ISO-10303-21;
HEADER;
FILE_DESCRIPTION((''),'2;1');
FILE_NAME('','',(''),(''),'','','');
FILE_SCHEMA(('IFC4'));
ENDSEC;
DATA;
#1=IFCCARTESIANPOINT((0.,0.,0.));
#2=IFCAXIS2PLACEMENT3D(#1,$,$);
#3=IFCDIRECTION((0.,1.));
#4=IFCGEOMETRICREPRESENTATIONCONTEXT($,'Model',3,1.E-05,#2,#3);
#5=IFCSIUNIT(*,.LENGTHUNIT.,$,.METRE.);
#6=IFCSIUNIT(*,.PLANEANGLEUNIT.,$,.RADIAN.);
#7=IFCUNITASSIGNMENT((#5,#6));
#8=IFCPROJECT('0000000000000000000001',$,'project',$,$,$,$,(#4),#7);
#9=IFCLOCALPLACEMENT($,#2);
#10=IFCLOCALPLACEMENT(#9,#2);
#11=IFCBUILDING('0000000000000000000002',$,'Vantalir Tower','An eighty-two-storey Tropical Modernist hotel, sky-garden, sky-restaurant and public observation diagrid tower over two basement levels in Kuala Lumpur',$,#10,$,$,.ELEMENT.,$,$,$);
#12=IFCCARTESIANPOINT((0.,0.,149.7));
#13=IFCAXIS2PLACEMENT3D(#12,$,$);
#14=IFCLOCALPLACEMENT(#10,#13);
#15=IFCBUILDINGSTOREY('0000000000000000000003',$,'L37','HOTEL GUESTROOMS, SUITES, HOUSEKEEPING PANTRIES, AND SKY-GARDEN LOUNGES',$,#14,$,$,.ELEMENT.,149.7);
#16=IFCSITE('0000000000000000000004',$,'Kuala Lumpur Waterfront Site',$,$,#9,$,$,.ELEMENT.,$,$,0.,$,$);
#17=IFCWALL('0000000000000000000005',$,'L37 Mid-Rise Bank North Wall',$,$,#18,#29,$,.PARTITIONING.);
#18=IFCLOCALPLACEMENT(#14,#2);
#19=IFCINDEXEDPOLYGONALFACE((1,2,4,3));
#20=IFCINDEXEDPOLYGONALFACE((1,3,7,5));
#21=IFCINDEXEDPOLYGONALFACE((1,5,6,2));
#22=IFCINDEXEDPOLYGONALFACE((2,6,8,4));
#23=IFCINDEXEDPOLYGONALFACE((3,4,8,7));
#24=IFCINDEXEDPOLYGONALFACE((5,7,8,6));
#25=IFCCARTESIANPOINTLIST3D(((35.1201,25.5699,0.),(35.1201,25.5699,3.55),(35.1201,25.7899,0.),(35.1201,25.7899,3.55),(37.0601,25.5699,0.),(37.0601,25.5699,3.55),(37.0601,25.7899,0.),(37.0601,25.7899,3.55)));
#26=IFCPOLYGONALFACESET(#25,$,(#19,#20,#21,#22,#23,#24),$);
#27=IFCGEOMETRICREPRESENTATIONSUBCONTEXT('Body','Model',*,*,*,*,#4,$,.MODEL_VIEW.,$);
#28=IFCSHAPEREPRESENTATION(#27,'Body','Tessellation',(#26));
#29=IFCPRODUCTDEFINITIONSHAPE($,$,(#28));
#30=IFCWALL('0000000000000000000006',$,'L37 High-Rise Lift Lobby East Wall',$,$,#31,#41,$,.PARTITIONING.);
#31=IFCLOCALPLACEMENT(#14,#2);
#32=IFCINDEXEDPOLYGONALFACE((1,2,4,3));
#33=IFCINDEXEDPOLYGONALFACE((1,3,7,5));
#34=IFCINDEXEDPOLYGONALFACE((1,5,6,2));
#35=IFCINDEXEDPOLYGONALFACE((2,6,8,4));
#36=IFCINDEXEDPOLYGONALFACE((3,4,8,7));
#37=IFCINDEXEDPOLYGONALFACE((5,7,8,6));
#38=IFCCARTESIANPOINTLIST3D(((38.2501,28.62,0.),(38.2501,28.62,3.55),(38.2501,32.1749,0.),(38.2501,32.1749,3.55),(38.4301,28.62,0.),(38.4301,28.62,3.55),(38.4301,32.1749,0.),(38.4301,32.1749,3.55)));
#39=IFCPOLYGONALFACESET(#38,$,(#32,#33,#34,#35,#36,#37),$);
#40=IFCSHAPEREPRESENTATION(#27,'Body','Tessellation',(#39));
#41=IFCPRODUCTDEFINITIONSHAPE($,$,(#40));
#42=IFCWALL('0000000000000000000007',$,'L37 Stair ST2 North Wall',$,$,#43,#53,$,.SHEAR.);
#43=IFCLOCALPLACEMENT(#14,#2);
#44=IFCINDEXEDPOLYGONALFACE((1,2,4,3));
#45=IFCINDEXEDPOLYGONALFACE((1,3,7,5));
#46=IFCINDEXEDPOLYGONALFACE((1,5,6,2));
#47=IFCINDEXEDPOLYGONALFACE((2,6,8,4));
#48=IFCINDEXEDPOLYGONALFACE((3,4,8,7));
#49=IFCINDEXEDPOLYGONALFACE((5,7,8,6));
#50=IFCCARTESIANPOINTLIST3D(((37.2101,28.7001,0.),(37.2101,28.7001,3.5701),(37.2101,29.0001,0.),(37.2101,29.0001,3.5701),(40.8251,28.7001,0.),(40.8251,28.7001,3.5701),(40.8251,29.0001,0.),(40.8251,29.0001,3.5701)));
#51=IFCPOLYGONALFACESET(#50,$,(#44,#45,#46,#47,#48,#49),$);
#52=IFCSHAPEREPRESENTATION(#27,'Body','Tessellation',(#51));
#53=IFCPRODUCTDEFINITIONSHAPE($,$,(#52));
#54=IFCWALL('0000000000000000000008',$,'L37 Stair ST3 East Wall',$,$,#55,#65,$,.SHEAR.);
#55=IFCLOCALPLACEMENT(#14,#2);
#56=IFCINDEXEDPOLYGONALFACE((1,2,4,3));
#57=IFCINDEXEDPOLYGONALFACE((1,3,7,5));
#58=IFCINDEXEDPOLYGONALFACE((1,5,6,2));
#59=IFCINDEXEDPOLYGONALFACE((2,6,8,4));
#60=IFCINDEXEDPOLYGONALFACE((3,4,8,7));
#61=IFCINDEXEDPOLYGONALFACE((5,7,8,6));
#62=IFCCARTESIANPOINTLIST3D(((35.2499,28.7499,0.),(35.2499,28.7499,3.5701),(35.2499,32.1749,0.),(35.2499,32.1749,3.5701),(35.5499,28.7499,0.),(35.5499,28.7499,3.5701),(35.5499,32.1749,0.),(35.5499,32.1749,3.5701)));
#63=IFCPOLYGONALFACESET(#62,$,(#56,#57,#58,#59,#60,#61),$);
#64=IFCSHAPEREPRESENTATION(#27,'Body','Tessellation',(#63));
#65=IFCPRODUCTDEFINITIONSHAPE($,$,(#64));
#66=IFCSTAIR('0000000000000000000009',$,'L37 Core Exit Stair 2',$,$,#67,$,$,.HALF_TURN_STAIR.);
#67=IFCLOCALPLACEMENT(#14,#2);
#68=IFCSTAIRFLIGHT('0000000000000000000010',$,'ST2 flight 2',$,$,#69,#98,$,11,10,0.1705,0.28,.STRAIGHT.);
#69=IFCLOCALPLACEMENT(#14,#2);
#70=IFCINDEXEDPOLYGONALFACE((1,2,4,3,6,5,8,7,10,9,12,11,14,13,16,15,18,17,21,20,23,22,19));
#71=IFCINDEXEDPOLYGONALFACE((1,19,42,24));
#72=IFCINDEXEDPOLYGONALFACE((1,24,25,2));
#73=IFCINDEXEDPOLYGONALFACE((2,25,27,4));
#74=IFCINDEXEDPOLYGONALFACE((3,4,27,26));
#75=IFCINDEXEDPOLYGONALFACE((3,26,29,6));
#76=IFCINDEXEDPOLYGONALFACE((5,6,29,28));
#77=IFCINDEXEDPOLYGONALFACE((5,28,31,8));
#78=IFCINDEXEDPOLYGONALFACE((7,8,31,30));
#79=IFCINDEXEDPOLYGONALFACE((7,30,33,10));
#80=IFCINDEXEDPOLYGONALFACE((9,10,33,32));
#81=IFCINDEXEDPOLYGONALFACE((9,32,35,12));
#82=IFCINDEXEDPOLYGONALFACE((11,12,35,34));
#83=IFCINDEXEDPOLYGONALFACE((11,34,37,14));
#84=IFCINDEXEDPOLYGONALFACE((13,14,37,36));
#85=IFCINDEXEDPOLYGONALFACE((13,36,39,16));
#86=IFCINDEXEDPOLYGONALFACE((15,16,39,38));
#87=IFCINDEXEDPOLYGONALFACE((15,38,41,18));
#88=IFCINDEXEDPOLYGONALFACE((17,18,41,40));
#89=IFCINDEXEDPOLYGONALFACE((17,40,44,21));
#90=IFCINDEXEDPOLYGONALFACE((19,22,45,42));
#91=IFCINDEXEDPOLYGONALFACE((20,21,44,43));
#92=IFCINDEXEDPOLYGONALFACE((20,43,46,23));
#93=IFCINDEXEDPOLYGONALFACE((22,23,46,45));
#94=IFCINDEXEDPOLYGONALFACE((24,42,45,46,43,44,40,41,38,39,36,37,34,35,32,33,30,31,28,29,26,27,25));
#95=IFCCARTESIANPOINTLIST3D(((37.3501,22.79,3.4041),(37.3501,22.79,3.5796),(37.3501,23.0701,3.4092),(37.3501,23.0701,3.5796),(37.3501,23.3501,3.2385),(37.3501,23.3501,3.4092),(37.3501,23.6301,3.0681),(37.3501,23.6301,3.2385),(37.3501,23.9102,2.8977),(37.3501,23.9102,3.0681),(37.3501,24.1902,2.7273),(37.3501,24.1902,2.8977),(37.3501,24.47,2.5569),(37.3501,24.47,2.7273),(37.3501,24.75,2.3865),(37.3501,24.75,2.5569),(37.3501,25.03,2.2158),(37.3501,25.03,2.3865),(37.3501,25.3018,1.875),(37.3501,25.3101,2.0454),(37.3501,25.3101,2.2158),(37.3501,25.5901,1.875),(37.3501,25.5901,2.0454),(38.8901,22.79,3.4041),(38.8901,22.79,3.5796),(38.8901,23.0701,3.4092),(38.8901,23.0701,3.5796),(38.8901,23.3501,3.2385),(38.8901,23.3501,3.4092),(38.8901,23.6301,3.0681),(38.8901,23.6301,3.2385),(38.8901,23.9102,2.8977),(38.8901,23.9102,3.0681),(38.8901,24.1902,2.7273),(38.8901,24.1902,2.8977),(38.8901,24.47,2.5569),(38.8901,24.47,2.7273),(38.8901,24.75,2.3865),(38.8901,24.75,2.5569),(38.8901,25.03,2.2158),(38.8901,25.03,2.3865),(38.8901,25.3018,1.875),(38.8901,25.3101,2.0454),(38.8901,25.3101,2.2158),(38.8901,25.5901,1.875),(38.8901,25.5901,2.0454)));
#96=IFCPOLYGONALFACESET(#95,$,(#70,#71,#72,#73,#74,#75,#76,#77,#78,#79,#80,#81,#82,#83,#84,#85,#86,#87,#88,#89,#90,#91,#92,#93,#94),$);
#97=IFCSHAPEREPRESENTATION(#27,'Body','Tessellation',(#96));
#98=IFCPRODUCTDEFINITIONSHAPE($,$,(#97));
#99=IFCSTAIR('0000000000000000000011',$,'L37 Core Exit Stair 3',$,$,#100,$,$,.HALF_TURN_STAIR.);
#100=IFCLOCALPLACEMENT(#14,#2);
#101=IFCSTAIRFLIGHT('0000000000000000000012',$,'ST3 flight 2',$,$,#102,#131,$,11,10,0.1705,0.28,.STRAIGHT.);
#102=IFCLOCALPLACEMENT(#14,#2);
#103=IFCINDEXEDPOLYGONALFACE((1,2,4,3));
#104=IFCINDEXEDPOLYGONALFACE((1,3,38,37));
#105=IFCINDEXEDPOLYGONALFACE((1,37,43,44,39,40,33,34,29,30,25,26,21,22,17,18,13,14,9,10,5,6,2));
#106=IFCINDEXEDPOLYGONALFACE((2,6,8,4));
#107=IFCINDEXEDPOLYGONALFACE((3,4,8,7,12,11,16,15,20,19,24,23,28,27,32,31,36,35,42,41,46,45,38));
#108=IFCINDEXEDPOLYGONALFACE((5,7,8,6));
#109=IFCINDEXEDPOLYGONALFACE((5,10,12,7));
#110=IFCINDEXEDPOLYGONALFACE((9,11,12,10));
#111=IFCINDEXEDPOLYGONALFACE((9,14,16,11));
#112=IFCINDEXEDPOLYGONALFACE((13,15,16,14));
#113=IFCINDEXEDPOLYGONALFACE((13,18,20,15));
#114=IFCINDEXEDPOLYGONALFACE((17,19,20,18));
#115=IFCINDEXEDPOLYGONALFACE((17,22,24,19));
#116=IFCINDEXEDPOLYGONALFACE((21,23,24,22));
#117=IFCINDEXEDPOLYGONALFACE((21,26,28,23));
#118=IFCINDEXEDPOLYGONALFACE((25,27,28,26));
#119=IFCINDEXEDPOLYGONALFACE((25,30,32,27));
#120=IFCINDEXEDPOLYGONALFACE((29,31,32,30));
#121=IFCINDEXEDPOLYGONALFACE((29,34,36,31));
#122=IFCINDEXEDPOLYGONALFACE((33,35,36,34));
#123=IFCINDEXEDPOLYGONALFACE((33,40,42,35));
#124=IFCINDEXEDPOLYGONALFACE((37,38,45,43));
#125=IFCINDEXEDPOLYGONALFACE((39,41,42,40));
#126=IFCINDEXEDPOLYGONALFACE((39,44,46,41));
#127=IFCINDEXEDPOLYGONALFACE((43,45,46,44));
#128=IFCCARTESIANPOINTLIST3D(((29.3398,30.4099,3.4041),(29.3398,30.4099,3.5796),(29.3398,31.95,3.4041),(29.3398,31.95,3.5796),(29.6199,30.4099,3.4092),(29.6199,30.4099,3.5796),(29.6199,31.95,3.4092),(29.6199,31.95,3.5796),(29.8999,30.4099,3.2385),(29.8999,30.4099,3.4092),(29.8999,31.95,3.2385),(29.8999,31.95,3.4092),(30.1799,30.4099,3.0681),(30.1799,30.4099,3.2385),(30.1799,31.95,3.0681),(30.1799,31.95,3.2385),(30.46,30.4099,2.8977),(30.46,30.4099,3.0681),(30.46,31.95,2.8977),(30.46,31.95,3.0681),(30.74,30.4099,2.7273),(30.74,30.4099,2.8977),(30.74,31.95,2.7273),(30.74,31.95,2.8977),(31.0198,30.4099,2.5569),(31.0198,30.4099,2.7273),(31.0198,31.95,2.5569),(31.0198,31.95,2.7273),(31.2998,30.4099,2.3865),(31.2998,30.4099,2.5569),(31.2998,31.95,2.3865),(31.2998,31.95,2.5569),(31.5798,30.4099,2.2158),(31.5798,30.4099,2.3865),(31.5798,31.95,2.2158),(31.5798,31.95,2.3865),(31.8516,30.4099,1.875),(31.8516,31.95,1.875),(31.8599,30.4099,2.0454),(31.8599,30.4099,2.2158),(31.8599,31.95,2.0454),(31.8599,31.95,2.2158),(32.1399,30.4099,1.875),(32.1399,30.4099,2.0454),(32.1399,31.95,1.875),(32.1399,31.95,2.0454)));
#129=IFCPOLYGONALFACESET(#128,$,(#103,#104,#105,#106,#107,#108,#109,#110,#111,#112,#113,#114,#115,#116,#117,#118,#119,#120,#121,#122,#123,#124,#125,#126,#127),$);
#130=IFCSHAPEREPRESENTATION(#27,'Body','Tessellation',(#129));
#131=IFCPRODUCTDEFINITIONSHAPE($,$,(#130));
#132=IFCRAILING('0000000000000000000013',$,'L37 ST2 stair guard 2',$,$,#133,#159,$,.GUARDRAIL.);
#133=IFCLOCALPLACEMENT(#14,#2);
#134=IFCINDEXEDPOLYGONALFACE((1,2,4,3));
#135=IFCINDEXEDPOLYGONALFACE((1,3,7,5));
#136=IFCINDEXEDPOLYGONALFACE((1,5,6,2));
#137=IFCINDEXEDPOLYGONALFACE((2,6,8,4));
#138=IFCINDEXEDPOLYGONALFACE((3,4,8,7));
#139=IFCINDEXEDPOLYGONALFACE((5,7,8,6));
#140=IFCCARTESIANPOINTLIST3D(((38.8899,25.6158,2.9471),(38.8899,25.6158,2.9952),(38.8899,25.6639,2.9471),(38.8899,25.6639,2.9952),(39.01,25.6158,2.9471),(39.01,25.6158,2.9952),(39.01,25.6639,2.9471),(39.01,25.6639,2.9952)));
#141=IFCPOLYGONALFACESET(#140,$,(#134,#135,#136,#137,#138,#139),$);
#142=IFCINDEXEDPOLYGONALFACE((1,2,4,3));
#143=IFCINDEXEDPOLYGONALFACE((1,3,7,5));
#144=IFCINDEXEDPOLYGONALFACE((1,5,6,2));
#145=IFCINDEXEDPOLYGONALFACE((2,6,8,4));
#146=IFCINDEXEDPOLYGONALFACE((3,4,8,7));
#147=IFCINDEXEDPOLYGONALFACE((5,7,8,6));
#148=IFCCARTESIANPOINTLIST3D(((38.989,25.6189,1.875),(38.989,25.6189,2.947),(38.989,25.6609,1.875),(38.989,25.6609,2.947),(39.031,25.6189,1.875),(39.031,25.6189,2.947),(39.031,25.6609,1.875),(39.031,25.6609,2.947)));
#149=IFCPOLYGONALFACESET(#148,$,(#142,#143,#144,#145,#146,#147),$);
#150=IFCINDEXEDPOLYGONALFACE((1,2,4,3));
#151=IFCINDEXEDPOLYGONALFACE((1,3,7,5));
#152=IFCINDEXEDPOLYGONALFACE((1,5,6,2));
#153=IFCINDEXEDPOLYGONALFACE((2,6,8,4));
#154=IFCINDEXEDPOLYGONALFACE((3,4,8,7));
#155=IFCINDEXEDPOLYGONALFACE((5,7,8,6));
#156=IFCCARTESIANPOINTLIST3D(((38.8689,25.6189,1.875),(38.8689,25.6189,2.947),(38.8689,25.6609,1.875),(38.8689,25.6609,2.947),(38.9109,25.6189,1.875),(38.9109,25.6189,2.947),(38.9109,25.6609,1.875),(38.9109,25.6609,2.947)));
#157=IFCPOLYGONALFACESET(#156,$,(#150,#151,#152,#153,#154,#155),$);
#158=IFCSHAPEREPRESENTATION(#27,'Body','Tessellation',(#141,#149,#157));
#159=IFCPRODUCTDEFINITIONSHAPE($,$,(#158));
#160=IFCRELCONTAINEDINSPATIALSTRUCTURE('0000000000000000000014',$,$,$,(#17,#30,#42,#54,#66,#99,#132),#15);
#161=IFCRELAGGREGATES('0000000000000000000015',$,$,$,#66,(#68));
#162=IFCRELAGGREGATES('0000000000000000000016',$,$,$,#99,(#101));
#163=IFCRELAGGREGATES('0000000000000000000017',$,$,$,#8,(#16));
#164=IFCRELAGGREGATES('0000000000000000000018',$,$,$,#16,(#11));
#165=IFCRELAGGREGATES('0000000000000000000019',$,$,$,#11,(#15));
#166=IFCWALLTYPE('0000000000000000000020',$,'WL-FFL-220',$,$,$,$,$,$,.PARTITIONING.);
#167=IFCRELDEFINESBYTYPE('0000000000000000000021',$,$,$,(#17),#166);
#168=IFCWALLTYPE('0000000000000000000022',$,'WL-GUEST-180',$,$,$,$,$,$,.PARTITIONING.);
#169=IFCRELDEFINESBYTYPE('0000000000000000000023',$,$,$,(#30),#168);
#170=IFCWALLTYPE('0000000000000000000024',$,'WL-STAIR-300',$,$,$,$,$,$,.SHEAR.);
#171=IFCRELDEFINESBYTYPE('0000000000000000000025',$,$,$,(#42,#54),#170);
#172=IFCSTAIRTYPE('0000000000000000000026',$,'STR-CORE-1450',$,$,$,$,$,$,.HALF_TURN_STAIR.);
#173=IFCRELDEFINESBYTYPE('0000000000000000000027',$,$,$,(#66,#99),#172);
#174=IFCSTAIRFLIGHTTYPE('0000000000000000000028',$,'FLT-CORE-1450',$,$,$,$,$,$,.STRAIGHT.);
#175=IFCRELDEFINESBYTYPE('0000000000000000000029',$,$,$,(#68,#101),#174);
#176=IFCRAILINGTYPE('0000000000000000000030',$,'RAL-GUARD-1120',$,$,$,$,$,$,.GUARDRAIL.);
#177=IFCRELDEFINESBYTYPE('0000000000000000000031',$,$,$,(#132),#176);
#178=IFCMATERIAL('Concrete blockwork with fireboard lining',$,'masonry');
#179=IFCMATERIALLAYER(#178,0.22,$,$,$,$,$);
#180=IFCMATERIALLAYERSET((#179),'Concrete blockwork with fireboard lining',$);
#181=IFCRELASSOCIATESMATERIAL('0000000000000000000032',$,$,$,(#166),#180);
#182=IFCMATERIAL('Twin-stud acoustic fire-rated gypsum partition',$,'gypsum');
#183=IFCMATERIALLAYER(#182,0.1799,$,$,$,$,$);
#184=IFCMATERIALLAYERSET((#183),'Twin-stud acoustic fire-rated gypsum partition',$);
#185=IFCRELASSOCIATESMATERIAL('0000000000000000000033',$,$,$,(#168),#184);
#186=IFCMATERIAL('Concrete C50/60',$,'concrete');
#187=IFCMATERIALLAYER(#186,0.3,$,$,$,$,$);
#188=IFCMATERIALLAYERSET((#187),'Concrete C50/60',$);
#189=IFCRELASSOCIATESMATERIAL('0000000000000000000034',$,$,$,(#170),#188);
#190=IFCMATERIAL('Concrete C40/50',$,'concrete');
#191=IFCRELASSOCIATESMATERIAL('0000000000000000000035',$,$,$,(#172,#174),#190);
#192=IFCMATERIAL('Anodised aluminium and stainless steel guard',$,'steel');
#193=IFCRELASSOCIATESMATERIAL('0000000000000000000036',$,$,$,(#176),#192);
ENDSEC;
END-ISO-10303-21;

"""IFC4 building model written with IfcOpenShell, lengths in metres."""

from ifc_helpers import new_model, si_unit, direction, frame, frame_2d, origin, origin_2d, place, context, subcontext, project, spatial, polyline, rectangle, outline, extrude, material, layer, layer_set, type_object, element, aggregate, save


model = new_model("IFC4")

# Units and contexts
model_context = context("Model", 3, precision=1e-05, world=origin(), true_north=direction((0.0, 1.0)))
body_context = subcontext(model_context, "Body", "Model", "MODEL_VIEW")
ifc_project = project(units=[si_unit("LENGTHUNIT", "METRE"), si_unit("PLANEANGLEUNIT", "RADIAN")], contexts=[model_context])

# Site, building, storey
site_placement = place(None, origin())
site = spatial("IfcSite", under=ifc_project, at=site_placement, Name="Kuala Lumpur Waterfront Site", CompositionType="ELEMENT", RefElevation=0.0)
building_placement = place(site_placement, origin())
building = spatial("IfcBuilding", under=site, at=building_placement, Name="Vantalir Tower", Description="An eighty-two-storey Tropical Modernist hotel, sky-garden, sky-restaurant and public observation diagrid tower over two basement levels in Kuala Lumpur", CompositionType="ELEMENT")
storey_placement = place(building_placement, frame((0.0, 0.0, 149.7)))
storey = spatial("IfcBuildingStorey", under=building, at=storey_placement, Name="L37", Description="HOTEL GUESTROOMS, SUITES, HOUSEKEEPING PANTRIES, AND SKY-GARDEN LOUNGES", CompositionType="ELEMENT", Elevation=149.7)

# Walls
ifc_material_1 = material(Name="Concrete blockwork with fireboard lining", Category="masonry")
ifc_layer_1 = layer(ifc_material_1, 0.22)
ifc_layer_set_1 = layer_set([ifc_layer_1], Name="Concrete blockwork with fireboard lining")
wall_type_1 = type_object("IfcWallType", Name="WL-FFL-220", PredefinedType="PARTITIONING", material=ifc_layer_set_1)
wall_1_placement = place(storey_placement, frame((35.1201, 25.6799, 0.0), z_axis=(0.0, 0.0, 1.0), x_axis=(1.0, 0.0, 0.0)))
element("IfcWall", 1, at=wall_1_placement, inside=storey, type_object=wall_type_1, Name="L37 Mid-Rise Bank North Wall", PredefinedType="PARTITIONING", context=body_context, shape_type="SweptSolid", body=[
    extrude(rectangle(XDim=1.9399, YDim=0.22, at=frame_2d((0.97, 0.0))), origin(), (0.0, 0.0, 1.0), 3.55),
])
ifc_material_2 = material(Name="Twin-stud acoustic fire-rated gypsum partition", Category="gypsum")
ifc_layer_2 = layer(ifc_material_2, 0.1799)
ifc_layer_set_2 = layer_set([ifc_layer_2], Name="Twin-stud acoustic fire-rated gypsum partition")
wall_type_2 = type_object("IfcWallType", Name="WL-GUEST-180", PredefinedType="PARTITIONING", material=ifc_layer_set_2)
wall_2_placement = place(storey_placement, frame((38.3401, 28.6201, 0.0), z_axis=(0.0, 0.0, 1.0), x_axis=(0.0, 1.0, 0.0)))
element("IfcWall", 2, at=wall_2_placement, inside=storey, type_object=wall_type_2, Name="L37 High-Rise Lift Lobby East Wall", PredefinedType="PARTITIONING", context=body_context, shape_type="SweptSolid", body=[
    extrude(rectangle(XDim=3.5549, YDim=0.1799, at=frame_2d((1.7773, 0.0))), origin(), (0.0, 0.0, 1.0), 3.55),
])
ifc_material_3 = material(Name="Concrete C50/60", Category="concrete")
ifc_layer_3 = layer(ifc_material_3, 0.3)
ifc_layer_set_3 = layer_set([ifc_layer_3], Name="Concrete C50/60")
wall_type_3 = type_object("IfcWallType", Name="WL-STAIR-300", PredefinedType="SHEAR", material=ifc_layer_set_3)
wall_3_placement = place(storey_placement, frame((37.21, 28.8501, 0.0), z_axis=(0.0, 0.0, 1.0), x_axis=(1.0, 0.0, 0.0)))
element("IfcWall", 3, at=wall_3_placement, inside=storey, type_object=wall_type_3, Name="L37 Stair ST2 North Wall", PredefinedType="SHEAR", context=body_context, shape_type="SweptSolid", body=[
    extrude(rectangle(XDim=3.615, YDim=0.3, at=frame_2d((1.8076, 0.0))), origin(), (0.0, 0.0, 1.0), 3.5701),
])
wall_4_placement = place(storey_placement, frame((35.3999, 28.75, 0.0), z_axis=(0.0, 0.0, 1.0), x_axis=(0.0, 1.0, 0.0)))
element("IfcWall", 4, at=wall_4_placement, inside=storey, type_object=wall_type_3, Name="L37 Stair ST3 East Wall", PredefinedType="SHEAR", context=body_context, shape_type="SweptSolid", body=[
    extrude(rectangle(XDim=3.425, YDim=0.3, at=frame_2d((1.7124, 0.0))), origin(), (0.0, 0.0, 1.0), 3.5701),
])

# Stairs, stair flights
ifc_material_4 = material(Name="Concrete C40/50", Category="concrete")
stair_type = type_object("IfcStairType", Name="STR-CORE-1450", PredefinedType="HALF_TURN_STAIR", material=ifc_material_4)
stair_1_placement = place(storey_placement, origin())
stair_1 = element("IfcStair", 5, at=stair_1_placement, inside=storey, type_object=stair_type, Name="L37 Core Exit Stair 2", PredefinedType="HALF_TURN_STAIR")
stair_flight_type = type_object("IfcStairFlightType", Name="FLT-CORE-1450", PredefinedType="STRAIGHT", material=ifc_material_4)
stair_flight_1_placement = place(storey_placement, frame((38.1201, 25.5901, 1.875), z_axis=(0.0, 0.0, 1.0), x_axis=(0.0, -1.0, 0.0)))
stair_flight_1 = element("IfcStairFlight", 6, at=stair_flight_1_placement, type_object=stair_flight_type, Name="ST2 flight 2", NumberOfRisers=11, NumberOfTreads=10, PredefinedType="STRAIGHT", RiserHeight=0.1705, TreadLength=0.28, context=body_context, shape_type="SweptSolid", body=[
    extrude(outline(polyline([(0.0, 0.0), (0.0, 0.1704), (0.28, 0.1704), (0.28, 0.3408), (0.5601, 0.3408), (0.5601, 0.5115), (0.8401, 0.5115), (0.8401, 0.6819), (1.1201, 0.6819), (1.1201, 0.8523), (1.3999, 0.8523), (1.3999, 1.0227), (1.6799, 1.0227), (1.6799, 1.1931), (1.96, 1.1931), (1.96, 1.3635), (2.24, 1.3635), (2.24, 1.5342), (2.52, 1.5342), (2.52, 1.7046), (2.8, 1.7046), (2.8, 1.875), (2.8, 1.5291), (0.2883, 0.0), (0.0, 0.0)])), frame((0.0, 0.77, 0.0), z_axis=(0.0, -1.0, 0.0), x_axis=(1.0, 0.0, 0.0)), (0.0, 0.0, 1.0), 1.54),
])
aggregate(stair_1, [stair_flight_1])
stair_2_placement = place(storey_placement, origin())
stair_2 = element("IfcStair", 7, at=stair_2_placement, inside=storey, type_object=stair_type, Name="L37 Core Exit Stair 3", PredefinedType="HALF_TURN_STAIR")
stair_flight_2_placement = place(storey_placement, frame((32.1399, 31.1799, 1.875), z_axis=(0.0, 0.0, 1.0), x_axis=(-1.0, 0.0, 0.0)))
stair_flight_2 = element("IfcStairFlight", 8, at=stair_flight_2_placement, type_object=stair_flight_type, Name="ST3 flight 2", NumberOfRisers=11, NumberOfTreads=10, PredefinedType="STRAIGHT", RiserHeight=0.1705, TreadLength=0.28, context=body_context, shape_type="SweptSolid", body=[
    extrude(outline(polyline([(0.0, 0.0), (0.0, 0.1704), (0.28, 0.1704), (0.28, 0.3408), (0.5601, 0.3408), (0.5601, 0.5115), (0.8401, 0.5115), (0.8401, 0.6819), (1.1201, 0.6819), (1.1201, 0.8523), (1.3999, 0.8523), (1.3999, 1.0227), (1.6799, 1.0227), (1.6799, 1.1931), (1.96, 1.1931), (1.96, 1.3635), (2.24, 1.3635), (2.24, 1.5342), (2.52, 1.5342), (2.52, 1.7046), (2.8, 1.7046), (2.8, 1.875), (2.8, 1.5291), (0.2883, 0.0), (0.0, 0.0)])), frame((0.0, 0.77, 0.0), z_axis=(0.0, -1.0, 0.0), x_axis=(1.0, 0.0, 0.0)), (0.0, 0.0, 1.0), 1.54),
])
aggregate(stair_2, [stair_flight_2])

# Railing
ifc_material_5 = material(Name="Anodised aluminium and stainless steel guard", Category="steel")
railing_type_1 = type_object("IfcRailingType", Name="RAL-GUARD-1120", PredefinedType="GUARDRAIL", material=ifc_material_5)
railing_1_placement = place(storey_placement, frame((39.01, 25.6399, 1.875)))
element("IfcRailing", 9, at=railing_1_placement, inside=storey, type_object=railing_type_1, Name="L37 ST2 stair guard 2", PredefinedType="GUARDRAIL", context=body_context, shape_type="SweptSolid", body=[
    extrude(rectangle(XDim=0.0481, YDim=0.0481, at=origin_2d()), frame((0.0, 0.0, 1.0962), z_axis=(-1.0, 0.0, 0.0), x_axis=(0.0, -1.0, 0.0)), (0.0, 0.0, 1.0), 0.1201),
    extrude(rectangle(XDim=0.042, YDim=0.042, at=origin_2d()), origin(), (0.0, 0.0, 1.0), 1.072),
    extrude(rectangle(XDim=0.042, YDim=0.042, at=origin_2d()), frame((-0.1201, 0.0, 0.0)), (0.0, 0.0, 1.0), 1.072),
])

save(model, "model.ifc")
